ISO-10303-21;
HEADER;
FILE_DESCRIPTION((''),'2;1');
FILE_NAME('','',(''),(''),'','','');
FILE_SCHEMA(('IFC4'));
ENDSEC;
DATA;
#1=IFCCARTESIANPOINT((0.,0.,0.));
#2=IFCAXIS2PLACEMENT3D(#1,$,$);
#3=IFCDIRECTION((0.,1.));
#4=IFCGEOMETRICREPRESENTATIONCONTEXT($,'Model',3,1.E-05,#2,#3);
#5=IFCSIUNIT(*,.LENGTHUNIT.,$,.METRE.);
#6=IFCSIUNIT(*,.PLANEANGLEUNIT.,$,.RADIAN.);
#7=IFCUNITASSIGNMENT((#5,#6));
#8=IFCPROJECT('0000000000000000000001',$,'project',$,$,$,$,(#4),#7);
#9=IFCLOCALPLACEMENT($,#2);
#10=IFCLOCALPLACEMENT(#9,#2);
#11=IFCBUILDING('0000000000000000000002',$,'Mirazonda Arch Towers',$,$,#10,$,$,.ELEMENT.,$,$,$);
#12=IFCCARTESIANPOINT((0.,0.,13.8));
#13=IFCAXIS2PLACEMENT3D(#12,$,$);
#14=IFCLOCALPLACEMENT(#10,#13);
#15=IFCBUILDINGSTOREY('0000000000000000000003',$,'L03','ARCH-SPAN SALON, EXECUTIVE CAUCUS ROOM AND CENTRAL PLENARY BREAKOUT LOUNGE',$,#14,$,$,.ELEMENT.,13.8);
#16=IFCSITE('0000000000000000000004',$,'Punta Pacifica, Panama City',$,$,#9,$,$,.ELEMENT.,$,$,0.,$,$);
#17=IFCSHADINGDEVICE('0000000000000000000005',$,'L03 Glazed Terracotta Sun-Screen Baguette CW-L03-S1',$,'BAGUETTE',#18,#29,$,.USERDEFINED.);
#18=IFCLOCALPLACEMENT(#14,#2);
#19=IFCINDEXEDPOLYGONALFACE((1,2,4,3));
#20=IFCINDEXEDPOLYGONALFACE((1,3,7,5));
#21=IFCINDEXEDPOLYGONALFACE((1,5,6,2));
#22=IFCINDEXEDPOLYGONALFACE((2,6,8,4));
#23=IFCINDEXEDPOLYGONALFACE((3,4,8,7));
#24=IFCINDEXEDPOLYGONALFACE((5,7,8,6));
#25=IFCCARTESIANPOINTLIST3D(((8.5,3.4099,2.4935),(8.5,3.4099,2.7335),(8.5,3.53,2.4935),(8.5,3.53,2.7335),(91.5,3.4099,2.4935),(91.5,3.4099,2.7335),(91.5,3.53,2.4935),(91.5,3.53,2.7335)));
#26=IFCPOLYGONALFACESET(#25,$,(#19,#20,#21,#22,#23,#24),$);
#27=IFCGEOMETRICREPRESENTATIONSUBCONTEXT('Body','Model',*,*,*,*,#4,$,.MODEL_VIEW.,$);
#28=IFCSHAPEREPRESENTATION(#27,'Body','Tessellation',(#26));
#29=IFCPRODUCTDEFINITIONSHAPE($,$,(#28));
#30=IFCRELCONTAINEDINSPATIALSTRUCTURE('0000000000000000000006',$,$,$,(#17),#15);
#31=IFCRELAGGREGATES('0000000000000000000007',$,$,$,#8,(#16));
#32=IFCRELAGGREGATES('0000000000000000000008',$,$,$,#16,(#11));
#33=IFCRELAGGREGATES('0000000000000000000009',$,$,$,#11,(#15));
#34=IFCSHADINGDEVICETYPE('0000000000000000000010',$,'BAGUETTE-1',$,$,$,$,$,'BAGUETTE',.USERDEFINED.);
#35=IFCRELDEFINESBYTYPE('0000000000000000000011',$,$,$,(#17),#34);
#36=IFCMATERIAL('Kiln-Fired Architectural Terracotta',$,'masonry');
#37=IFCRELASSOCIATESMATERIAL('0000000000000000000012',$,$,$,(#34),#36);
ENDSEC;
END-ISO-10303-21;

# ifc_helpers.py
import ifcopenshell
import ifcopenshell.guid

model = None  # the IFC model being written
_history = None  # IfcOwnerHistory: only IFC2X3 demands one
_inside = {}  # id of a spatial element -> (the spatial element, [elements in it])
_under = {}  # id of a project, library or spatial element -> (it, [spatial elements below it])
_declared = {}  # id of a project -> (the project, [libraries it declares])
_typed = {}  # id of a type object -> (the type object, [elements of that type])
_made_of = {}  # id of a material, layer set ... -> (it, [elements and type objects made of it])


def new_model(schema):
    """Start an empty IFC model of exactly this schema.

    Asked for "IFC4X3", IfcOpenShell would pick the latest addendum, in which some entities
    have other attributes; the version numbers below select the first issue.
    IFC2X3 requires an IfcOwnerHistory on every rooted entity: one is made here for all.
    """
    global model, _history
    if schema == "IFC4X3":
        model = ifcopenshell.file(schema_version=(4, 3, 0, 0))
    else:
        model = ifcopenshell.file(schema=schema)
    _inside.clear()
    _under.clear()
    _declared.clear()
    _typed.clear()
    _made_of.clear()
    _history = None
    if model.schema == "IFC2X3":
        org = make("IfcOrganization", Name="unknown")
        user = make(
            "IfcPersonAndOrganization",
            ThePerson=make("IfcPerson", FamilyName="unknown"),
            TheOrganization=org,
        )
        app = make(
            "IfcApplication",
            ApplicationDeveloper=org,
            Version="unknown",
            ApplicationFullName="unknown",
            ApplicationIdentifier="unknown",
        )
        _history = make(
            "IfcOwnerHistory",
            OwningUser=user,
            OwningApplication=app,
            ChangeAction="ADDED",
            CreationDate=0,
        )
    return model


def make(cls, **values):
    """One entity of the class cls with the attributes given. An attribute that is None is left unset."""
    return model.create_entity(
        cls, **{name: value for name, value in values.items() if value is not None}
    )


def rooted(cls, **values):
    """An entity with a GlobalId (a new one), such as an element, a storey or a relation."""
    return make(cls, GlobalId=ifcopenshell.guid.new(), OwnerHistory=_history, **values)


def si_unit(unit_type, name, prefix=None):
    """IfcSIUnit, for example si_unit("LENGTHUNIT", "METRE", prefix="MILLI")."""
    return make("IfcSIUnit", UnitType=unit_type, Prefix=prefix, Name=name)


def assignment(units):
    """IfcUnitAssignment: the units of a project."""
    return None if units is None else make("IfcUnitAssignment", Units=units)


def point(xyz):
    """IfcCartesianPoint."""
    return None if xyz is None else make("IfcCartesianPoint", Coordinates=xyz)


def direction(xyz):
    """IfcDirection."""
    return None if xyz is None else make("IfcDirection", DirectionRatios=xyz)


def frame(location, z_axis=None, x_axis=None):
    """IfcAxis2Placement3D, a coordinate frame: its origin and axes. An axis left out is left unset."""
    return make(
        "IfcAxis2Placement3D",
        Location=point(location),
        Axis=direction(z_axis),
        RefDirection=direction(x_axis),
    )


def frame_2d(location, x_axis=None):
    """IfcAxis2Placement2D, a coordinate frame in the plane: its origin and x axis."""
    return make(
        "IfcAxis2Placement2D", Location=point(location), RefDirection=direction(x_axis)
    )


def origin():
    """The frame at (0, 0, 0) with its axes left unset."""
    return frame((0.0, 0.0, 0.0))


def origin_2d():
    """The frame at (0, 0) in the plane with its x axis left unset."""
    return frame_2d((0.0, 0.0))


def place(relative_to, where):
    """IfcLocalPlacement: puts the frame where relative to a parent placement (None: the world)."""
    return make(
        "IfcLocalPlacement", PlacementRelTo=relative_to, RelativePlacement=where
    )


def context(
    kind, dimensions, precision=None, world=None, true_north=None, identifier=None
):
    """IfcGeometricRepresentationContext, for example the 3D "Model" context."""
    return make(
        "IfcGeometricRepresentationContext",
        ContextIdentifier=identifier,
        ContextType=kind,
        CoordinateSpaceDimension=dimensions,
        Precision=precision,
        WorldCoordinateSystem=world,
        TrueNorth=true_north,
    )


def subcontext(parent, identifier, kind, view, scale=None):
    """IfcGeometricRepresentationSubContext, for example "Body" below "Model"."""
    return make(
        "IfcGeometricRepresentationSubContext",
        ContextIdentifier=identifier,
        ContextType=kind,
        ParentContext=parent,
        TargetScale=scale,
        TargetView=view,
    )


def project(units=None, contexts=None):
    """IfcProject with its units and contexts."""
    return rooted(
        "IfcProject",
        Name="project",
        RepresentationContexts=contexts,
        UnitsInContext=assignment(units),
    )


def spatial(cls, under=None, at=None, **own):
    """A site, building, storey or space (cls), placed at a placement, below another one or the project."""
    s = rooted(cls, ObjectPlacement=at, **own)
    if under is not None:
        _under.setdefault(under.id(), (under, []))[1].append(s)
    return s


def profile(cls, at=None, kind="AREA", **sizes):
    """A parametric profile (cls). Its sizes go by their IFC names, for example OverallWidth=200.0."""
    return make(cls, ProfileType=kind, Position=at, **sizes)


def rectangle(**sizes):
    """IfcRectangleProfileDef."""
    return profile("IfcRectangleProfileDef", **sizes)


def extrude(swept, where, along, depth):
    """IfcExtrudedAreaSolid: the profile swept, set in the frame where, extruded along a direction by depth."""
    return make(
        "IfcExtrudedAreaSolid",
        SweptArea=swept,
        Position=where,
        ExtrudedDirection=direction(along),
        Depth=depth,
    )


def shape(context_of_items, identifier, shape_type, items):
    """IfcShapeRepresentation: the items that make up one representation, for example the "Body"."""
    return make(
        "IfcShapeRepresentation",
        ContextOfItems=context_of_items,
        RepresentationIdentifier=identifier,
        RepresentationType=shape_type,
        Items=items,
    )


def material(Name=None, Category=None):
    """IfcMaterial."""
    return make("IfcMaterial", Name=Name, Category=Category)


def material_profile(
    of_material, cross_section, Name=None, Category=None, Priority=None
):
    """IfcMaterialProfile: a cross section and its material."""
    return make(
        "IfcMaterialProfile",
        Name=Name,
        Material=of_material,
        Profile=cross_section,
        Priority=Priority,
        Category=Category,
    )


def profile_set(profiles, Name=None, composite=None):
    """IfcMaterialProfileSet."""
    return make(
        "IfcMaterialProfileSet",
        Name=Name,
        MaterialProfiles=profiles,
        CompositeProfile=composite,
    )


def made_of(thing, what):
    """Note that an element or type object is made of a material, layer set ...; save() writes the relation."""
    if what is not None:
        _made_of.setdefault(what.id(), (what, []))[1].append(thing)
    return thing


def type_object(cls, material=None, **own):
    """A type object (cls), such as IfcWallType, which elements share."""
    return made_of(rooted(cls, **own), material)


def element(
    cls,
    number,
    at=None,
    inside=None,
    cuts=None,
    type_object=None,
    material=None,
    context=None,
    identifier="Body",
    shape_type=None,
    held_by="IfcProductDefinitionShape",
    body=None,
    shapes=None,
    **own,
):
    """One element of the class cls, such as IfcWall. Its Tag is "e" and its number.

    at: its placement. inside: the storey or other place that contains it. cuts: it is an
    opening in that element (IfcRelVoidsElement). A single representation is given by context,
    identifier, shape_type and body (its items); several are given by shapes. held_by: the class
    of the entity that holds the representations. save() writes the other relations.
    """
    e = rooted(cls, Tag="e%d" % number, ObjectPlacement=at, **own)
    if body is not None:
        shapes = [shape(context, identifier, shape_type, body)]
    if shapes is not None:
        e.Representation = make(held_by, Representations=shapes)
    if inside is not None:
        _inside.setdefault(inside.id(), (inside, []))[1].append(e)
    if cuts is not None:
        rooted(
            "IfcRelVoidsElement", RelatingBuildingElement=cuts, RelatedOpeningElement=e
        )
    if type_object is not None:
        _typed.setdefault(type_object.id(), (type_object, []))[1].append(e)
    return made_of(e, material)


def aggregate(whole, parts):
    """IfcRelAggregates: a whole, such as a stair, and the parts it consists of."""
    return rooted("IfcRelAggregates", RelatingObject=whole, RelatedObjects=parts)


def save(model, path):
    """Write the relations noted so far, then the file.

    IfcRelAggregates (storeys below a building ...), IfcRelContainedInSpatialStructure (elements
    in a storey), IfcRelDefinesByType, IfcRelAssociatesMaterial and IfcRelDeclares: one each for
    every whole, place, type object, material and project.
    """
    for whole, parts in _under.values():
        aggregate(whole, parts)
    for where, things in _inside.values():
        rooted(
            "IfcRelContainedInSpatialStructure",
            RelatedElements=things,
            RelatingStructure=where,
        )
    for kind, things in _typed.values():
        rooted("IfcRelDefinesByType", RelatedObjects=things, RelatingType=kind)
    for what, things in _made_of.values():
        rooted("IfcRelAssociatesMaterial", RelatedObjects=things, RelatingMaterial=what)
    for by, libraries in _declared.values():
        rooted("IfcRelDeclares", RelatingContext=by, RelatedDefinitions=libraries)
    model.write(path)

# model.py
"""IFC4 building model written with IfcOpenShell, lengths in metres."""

from ifc_helpers import new_model, si_unit, direction, frame, origin, origin_2d, place, context, subcontext, project, spatial, rectangle, extrude, material, material_profile, profile_set, type_object, element, save


model = new_model("IFC4")

# Units and contexts
model_context = context("Model", 3, precision=1e-05, world=origin(), true_north=direction((0.0, 1.0)))
body_context = subcontext(model_context, "Body", "Model", "MODEL_VIEW")
ifc_project = project(units=[si_unit("LENGTHUNIT", "METRE"), si_unit("PLANEANGLEUNIT", "RADIAN")], contexts=[model_context])

# Site, building, storey
site_placement = place(None, origin())
site = spatial("IfcSite", under=ifc_project, at=site_placement, Name="Punta Pacifica, Panama City", CompositionType="ELEMENT", RefElevation=0.0)
building_placement = place(site_placement, origin())
building = spatial("IfcBuilding", under=site, at=building_placement, Name="Mirazonda Arch Towers", CompositionType="ELEMENT")
storey_placement = place(building_placement, frame((0.0, 0.0, 13.8)))
storey = spatial("IfcBuildingStorey", under=building, at=storey_placement, Name="L03", Description="ARCH-SPAN SALON, EXECUTIVE CAUCUS ROOM AND CENTRAL PLENARY BREAKOUT LOUNGE", CompositionType="ELEMENT", Elevation=13.8)

# Shading device
ifc_material_1 = material(Name="Kiln-Fired Architectural Terracotta", Category="masonry")
ifc_material_profile_1 = material_profile(ifc_material_1, rectangle(XDim=0.1201, YDim=0.24, at=origin_2d()), Name="TERRA-BAG-120x240")
ifc_profile_set_1 = profile_set([ifc_material_profile_1], Name="Kiln-Fired Architectural Terracotta")
shading_device_type = type_object("IfcShadingDeviceType", Name="BAGUETTE-1", ElementType="BAGUETTE", PredefinedType="USERDEFINED", material=ifc_profile_set_1)
shading_device_placement = place(storey_placement, frame((91.5, 3.47, 2.6135), z_axis=(-1.0, 0.0, 0.0), x_axis=(0.0, -1.0, 0.0)))
element("IfcShadingDevice", 1, at=shading_device_placement, inside=storey, type_object=shading_device_type, Name="L03 Glazed Terracotta Sun-Screen Baguette CW-L03-S1", ObjectType="BAGUETTE", PredefinedType="USERDEFINED", context=body_context, shape_type="SweptSolid", body=[
    extrude(rectangle(XDim=0.1201, YDim=0.24, at=origin_2d()), origin(), (0.0, 0.0, 1.0), 83.0),
])

save(model, "model.ifc")
